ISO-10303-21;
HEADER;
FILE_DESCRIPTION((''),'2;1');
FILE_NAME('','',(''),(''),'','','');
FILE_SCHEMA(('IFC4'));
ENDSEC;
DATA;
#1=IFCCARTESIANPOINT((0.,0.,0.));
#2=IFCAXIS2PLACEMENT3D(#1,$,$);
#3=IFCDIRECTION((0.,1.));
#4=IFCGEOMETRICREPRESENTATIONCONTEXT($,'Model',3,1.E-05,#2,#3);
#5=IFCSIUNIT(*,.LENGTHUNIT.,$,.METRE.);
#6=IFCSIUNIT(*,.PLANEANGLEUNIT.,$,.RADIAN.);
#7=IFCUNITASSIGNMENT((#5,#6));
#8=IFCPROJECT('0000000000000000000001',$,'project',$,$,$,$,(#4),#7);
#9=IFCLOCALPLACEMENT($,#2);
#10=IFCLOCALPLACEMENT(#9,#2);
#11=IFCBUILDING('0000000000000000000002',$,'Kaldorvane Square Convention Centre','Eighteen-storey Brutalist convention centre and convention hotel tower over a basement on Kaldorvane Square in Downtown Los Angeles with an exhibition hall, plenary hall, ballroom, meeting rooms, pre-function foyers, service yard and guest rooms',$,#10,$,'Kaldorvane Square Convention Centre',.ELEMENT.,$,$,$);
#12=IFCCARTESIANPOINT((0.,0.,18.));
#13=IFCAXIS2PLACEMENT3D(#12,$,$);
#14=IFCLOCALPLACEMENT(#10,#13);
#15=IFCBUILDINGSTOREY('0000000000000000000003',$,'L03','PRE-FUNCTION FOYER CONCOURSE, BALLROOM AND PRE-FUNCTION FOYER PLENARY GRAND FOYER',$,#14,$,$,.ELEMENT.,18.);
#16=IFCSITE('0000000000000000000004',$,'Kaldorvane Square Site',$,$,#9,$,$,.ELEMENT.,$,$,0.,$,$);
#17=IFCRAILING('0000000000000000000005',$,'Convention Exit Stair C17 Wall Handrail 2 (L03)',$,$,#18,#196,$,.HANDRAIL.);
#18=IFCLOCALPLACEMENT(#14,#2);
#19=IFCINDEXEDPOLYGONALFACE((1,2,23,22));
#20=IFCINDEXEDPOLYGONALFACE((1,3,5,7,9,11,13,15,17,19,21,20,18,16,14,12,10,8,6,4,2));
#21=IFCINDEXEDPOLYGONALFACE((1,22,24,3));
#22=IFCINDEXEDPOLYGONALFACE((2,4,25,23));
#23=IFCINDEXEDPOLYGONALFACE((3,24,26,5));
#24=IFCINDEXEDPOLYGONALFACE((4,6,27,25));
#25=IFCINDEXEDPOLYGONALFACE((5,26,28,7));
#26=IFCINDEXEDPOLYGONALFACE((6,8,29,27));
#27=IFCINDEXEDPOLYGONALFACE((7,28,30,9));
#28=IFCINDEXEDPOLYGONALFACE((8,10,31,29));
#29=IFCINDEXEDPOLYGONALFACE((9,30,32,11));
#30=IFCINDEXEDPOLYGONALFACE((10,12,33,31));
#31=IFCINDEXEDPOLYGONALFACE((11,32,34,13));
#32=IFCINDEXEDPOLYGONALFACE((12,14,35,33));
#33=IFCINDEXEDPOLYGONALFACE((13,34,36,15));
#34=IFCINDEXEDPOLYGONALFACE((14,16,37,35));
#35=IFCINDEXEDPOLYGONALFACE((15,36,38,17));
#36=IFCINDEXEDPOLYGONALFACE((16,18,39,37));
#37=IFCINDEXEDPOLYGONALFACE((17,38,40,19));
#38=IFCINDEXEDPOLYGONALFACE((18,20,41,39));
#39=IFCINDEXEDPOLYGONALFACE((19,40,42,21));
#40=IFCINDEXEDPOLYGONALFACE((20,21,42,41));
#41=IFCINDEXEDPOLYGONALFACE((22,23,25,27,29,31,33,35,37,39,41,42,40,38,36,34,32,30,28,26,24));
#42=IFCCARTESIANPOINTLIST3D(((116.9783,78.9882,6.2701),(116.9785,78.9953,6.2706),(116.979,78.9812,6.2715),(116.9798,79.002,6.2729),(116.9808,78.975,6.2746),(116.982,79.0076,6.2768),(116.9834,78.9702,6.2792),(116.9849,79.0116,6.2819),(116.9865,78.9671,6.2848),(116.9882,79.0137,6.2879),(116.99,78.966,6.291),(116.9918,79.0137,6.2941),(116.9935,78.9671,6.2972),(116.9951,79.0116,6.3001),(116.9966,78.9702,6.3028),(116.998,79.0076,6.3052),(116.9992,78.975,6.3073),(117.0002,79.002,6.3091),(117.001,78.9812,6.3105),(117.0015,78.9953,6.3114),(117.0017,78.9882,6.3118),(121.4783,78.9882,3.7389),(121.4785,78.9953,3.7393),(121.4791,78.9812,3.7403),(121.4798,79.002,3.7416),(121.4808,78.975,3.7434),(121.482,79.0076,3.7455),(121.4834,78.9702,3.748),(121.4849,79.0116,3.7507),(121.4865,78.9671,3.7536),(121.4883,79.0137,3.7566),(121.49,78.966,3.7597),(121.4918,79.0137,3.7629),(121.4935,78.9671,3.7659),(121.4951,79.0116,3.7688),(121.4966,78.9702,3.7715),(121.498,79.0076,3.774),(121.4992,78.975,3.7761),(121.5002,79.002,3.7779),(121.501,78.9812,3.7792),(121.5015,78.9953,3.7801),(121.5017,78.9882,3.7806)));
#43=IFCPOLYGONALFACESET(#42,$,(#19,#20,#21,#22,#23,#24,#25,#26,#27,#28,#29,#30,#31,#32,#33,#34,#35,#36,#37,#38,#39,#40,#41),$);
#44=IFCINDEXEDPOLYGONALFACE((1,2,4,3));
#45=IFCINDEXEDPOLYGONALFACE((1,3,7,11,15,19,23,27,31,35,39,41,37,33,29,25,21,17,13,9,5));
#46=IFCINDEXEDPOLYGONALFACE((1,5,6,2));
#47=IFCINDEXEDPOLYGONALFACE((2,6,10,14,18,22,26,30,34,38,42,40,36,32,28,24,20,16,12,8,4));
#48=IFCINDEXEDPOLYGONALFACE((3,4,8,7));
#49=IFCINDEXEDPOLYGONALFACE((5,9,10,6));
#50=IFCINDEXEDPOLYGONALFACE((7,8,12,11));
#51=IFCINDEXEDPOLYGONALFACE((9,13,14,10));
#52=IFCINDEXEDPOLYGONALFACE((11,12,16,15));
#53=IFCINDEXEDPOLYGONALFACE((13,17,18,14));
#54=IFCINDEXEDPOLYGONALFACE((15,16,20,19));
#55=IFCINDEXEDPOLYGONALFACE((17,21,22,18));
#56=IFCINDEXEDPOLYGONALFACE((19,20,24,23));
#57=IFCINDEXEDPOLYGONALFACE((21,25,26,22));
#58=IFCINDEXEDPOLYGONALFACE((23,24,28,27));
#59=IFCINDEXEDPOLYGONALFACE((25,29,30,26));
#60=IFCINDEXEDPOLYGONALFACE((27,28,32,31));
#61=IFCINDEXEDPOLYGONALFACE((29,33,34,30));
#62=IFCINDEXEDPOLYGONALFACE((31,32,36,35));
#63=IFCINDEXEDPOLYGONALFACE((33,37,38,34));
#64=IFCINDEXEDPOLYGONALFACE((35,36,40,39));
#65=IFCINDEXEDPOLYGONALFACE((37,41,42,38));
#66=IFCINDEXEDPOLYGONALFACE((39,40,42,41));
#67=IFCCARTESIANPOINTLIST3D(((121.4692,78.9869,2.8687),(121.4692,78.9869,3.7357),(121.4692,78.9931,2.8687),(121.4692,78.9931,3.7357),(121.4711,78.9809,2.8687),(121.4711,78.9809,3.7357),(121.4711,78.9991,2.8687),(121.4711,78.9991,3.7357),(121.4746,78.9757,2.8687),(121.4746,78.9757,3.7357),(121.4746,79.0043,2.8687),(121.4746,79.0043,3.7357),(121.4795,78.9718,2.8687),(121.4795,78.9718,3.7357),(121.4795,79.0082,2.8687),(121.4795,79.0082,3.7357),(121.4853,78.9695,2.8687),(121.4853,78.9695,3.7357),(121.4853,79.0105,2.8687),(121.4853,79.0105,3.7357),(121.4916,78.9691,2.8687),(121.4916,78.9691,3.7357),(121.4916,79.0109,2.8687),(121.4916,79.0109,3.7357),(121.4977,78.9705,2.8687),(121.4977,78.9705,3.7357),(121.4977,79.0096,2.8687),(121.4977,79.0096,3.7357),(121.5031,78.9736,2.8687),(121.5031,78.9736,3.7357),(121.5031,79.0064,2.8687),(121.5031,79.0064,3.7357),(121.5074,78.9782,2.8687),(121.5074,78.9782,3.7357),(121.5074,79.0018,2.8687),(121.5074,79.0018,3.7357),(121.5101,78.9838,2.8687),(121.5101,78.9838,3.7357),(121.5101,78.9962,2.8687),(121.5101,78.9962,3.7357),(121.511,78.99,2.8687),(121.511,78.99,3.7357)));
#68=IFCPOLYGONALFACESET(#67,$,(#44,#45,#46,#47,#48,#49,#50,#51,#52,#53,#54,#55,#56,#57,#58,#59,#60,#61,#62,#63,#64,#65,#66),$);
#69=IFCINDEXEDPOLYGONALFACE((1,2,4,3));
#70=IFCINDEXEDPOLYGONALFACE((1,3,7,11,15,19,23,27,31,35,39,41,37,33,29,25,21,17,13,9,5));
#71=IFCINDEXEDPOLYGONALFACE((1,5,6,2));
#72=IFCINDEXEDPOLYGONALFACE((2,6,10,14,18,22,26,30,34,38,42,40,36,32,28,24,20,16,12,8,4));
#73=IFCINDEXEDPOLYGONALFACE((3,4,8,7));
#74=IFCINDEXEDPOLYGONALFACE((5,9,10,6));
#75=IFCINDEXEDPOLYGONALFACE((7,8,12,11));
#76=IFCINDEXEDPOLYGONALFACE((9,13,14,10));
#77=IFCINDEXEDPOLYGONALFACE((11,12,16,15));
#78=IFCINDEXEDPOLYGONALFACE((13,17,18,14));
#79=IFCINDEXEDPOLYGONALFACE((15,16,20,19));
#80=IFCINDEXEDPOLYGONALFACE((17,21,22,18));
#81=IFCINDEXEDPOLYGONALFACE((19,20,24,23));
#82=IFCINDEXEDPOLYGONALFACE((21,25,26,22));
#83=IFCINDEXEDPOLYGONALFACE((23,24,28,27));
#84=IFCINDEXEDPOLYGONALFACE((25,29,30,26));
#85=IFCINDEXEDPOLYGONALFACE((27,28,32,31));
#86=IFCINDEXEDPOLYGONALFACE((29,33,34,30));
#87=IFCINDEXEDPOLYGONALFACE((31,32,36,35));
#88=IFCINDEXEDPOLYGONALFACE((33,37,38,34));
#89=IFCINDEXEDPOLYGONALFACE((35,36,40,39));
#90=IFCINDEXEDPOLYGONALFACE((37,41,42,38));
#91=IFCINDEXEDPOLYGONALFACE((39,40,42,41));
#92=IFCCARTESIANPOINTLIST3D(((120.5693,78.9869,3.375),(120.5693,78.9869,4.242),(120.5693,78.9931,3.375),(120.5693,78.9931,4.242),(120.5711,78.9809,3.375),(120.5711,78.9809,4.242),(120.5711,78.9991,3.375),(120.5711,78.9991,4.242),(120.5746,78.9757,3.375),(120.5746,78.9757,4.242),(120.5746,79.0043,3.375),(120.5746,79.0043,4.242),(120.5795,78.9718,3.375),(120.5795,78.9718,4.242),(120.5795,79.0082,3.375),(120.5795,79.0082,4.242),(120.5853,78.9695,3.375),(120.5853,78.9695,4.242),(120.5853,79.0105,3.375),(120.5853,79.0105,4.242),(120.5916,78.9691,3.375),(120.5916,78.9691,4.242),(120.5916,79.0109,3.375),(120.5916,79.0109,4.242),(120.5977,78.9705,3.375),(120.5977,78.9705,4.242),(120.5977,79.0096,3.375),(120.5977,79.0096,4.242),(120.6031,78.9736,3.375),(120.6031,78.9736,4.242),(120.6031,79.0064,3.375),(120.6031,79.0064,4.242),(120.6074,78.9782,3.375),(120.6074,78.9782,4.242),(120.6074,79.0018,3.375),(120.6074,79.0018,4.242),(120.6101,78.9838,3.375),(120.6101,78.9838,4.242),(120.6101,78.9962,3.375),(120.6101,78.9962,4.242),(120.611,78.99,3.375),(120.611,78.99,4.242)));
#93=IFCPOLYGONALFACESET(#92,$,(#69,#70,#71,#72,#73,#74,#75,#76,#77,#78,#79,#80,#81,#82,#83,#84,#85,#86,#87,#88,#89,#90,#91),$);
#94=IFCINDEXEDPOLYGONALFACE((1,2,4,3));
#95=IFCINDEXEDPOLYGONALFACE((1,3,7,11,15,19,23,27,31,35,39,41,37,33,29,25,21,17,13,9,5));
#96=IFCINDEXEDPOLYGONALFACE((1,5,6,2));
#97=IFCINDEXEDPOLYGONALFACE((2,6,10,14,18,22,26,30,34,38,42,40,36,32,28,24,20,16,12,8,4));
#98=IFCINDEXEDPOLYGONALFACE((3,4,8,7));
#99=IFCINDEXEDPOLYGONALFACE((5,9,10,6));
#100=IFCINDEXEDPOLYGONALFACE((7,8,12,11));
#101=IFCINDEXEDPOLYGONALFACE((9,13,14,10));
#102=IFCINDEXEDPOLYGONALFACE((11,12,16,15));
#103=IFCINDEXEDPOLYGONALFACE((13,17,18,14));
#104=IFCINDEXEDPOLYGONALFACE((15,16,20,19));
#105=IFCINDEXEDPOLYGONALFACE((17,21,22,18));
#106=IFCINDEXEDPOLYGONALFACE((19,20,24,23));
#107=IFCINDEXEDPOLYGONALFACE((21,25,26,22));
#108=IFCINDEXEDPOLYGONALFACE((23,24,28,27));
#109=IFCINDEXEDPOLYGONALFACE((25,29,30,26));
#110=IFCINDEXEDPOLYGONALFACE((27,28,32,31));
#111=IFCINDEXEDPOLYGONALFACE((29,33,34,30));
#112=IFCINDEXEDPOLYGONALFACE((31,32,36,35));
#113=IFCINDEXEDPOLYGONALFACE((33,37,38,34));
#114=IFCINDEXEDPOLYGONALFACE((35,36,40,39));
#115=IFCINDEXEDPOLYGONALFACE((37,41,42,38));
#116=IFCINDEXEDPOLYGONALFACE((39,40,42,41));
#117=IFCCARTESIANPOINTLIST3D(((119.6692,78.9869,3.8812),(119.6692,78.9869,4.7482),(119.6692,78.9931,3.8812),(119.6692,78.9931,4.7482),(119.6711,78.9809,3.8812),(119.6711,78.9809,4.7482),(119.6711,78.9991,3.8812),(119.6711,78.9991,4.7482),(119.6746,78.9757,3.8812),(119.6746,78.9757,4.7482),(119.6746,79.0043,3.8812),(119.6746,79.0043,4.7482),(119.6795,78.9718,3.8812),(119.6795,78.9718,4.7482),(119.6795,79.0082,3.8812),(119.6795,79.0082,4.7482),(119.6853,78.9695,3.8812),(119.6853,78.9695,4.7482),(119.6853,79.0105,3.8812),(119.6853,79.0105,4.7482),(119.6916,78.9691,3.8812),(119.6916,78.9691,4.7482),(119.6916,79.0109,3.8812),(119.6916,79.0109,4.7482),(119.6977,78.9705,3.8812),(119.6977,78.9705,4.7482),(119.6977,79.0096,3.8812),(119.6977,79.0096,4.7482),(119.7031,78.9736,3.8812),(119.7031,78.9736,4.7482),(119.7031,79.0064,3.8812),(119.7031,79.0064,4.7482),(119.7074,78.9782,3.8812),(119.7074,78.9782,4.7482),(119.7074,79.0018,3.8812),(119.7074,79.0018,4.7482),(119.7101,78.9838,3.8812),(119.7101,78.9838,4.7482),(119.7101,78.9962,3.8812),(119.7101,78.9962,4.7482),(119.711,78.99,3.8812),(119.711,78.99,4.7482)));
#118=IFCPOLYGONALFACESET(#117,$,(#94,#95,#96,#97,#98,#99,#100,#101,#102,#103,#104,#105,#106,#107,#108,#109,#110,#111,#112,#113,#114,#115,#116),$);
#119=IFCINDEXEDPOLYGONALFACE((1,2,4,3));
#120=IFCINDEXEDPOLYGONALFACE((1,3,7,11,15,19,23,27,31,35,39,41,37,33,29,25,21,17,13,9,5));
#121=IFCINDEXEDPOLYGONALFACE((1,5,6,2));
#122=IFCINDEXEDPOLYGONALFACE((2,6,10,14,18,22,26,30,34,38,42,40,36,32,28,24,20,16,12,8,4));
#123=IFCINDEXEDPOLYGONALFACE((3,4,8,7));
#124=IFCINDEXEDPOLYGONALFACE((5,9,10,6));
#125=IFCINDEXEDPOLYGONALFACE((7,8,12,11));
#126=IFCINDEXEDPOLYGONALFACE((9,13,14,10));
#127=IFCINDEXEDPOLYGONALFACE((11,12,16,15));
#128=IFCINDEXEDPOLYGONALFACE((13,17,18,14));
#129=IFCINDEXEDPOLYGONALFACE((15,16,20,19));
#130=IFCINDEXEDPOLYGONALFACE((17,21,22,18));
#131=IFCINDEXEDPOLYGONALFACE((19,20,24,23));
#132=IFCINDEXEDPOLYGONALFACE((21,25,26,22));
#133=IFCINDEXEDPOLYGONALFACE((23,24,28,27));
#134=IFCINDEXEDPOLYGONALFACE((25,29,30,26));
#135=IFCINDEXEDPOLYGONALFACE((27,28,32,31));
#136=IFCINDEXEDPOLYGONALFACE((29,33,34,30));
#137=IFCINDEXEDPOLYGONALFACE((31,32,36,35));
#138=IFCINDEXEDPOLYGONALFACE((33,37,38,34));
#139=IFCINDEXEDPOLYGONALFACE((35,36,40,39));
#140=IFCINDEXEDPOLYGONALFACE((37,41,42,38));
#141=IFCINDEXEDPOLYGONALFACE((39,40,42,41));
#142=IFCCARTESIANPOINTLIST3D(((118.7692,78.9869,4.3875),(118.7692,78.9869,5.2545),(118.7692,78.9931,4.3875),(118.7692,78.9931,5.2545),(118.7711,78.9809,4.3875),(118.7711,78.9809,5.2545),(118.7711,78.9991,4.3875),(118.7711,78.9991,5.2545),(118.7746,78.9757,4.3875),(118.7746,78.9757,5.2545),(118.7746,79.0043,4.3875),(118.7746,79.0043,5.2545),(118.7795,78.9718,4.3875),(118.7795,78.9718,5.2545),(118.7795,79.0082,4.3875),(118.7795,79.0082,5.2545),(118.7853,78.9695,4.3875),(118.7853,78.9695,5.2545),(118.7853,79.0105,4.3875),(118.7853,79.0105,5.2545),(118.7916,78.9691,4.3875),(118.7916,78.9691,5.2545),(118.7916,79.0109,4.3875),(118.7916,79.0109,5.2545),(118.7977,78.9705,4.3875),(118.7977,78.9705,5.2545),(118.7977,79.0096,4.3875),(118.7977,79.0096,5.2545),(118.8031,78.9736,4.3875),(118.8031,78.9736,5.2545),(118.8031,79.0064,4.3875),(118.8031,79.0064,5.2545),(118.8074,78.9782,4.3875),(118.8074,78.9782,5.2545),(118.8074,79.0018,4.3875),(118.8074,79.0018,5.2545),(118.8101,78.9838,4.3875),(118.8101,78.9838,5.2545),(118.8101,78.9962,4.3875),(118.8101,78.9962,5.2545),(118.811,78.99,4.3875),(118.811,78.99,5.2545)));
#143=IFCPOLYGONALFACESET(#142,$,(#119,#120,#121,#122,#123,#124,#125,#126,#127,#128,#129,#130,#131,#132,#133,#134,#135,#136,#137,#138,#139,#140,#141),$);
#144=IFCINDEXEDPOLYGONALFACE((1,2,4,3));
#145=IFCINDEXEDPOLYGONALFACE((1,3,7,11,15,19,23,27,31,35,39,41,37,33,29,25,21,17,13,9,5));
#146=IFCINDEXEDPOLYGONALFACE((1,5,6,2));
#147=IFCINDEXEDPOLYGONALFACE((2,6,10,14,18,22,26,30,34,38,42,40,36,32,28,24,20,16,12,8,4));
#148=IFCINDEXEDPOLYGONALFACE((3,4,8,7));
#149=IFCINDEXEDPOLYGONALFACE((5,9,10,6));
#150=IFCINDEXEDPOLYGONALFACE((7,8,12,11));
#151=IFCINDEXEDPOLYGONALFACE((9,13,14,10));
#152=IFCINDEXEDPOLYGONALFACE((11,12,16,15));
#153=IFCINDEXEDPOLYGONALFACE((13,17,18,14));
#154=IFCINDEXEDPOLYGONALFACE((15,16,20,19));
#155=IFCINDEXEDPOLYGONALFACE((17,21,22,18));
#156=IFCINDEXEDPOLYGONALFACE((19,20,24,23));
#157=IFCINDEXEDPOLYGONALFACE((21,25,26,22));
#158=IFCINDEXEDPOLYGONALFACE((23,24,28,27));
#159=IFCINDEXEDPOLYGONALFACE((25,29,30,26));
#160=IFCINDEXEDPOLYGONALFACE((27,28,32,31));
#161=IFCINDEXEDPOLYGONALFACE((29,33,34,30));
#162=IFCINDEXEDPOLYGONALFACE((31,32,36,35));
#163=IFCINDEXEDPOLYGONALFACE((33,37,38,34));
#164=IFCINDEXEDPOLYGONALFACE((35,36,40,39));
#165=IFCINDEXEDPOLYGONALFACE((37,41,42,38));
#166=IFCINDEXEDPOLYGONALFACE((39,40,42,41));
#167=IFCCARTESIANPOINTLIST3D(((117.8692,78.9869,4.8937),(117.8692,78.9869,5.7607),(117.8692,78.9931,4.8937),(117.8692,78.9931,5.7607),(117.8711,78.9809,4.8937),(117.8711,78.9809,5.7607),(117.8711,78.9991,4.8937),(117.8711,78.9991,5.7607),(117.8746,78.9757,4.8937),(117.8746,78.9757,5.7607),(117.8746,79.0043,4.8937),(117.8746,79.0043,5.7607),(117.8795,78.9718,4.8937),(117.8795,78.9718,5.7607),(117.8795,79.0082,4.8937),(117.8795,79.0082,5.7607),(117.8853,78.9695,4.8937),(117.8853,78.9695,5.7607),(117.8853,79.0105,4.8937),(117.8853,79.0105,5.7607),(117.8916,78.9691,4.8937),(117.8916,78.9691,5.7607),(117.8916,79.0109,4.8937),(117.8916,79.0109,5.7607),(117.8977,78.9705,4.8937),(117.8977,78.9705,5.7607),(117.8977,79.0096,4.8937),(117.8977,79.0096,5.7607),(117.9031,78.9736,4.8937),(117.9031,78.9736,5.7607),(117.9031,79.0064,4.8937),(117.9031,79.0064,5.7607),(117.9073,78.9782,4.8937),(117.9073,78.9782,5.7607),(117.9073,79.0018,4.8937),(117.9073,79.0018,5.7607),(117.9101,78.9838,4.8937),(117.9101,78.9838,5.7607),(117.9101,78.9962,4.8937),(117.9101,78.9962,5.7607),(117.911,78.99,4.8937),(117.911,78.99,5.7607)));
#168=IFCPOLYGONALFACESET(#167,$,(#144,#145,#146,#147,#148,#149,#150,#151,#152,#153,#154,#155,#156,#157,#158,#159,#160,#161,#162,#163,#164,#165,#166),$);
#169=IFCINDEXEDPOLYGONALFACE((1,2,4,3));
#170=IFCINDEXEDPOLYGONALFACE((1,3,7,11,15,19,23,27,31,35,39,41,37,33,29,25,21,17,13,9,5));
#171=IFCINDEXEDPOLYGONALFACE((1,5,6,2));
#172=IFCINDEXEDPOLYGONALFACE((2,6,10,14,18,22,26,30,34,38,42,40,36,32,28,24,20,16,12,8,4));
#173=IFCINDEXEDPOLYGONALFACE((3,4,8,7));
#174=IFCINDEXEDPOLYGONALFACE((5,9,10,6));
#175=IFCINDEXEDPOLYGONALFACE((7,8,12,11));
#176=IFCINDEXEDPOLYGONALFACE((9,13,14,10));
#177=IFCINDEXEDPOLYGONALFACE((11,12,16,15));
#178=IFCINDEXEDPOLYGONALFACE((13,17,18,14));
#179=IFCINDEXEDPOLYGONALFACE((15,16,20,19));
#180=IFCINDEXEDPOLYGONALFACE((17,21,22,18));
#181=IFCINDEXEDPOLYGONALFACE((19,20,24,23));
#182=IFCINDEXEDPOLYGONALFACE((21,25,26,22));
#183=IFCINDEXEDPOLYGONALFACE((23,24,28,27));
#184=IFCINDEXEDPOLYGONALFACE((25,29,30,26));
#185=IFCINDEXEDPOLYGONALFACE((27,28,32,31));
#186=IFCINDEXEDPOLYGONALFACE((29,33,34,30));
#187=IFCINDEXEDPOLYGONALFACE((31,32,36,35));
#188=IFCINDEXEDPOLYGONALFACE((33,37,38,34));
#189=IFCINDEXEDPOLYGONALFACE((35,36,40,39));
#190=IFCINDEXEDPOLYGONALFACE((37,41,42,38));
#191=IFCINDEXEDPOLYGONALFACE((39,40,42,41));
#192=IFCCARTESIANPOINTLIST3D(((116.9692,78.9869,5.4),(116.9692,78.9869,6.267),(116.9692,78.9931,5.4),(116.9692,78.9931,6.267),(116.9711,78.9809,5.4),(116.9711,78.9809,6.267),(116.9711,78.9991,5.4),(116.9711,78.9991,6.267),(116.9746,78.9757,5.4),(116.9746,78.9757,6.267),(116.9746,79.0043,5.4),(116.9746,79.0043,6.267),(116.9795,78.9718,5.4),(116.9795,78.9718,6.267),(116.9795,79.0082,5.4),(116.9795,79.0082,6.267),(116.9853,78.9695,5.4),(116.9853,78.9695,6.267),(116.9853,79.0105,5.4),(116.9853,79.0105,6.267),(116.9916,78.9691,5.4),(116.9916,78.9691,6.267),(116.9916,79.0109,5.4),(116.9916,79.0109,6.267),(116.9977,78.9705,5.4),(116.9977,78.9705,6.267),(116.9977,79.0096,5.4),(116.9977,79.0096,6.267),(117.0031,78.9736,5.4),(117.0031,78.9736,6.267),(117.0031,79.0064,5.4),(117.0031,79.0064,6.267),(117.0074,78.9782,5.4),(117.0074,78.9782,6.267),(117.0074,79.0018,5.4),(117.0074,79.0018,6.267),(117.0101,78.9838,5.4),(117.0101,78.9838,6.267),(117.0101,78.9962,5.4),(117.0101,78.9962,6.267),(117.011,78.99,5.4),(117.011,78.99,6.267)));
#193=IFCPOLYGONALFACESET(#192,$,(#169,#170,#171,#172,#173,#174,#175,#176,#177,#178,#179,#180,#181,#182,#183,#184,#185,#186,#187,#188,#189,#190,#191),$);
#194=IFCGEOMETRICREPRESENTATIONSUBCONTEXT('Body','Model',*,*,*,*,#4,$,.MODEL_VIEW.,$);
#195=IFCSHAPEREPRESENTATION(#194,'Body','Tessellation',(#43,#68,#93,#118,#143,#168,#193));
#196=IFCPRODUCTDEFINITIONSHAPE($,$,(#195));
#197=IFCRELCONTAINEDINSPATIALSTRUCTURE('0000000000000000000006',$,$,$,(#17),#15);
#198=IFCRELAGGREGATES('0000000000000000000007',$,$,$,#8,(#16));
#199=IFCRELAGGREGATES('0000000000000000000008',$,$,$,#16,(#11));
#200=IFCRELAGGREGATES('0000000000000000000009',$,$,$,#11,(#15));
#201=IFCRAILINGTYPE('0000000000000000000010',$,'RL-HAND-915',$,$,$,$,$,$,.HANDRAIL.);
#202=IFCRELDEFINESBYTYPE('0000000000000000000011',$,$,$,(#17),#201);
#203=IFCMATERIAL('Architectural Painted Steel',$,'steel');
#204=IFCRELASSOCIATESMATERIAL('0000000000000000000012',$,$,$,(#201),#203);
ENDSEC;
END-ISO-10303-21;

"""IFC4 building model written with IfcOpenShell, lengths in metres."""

from ifc_helpers import new_model, si_unit, direction, frame, origin, origin_2d, place, context, subcontext, project, spatial, circle, extrude, material, type_object, element, save


model = new_model("IFC4")

# Units and contexts
model_context = context("Model", 3, precision=1e-05, world=origin(), true_north=direction((0.0, 1.0)))
body_context = subcontext(model_context, "Body", "Model", "MODEL_VIEW")
ifc_project = project(units=[si_unit("LENGTHUNIT", "METRE"), si_unit("PLANEANGLEUNIT", "RADIAN")], contexts=[model_context])

# Site, building, storey
site_placement = place(None, origin())
site = spatial("IfcSite", under=ifc_project, at=site_placement, Name="Kaldorvane Square Site", CompositionType="ELEMENT", RefElevation=0.0)
building_placement = place(site_placement, origin())
building = spatial("IfcBuilding", under=site, at=building_placement, Name="Kaldorvane Square Convention Centre", Description="Eighteen-storey Brutalist convention centre and convention hotel tower over a basement on Kaldorvane Square in Downtown Los Angeles with an exhibition hall, plenary hall, ballroom, meeting rooms, pre-function foyers, service yard and guest rooms", LongName="Kaldorvane Square Convention Centre", CompositionType="ELEMENT")
storey_placement = place(building_placement, frame((0.0, 0.0, 18.0)))
storey = spatial("IfcBuildingStorey", under=building, at=storey_placement, Name="L03", Description="PRE-FUNCTION FOYER CONCOURSE, BALLROOM AND PRE-FUNCTION FOYER PLENARY GRAND FOYER", CompositionType="ELEMENT", Elevation=18.0)

# Railing
ifc_material_1 = material(Name="Architectural Painted Steel", Category="steel")
railing_type_1 = type_object("IfcRailingType", Name="RL-HAND-915", PredefinedType="HANDRAIL", material=ifc_material_1)
for number, where, name in (
    (1, (121.49, 78.99, 2.8687), "Convention Exit Stair C17 Wall Handrail 2 (L03)"),
):
    element("IfcRailing", number, at=place(storey_placement, frame(where)), inside=storey, type_object=railing_type_1, Name=name, PredefinedType="HANDRAIL", context=body_context, shape_type="SweptSolid", body=[
        extrude(circle(Radius=0.024, at=origin_2d()), frame((0.0, 0.0, 0.891), z_axis=(-0.871576, 0.0, 0.490261), x_axis=(0.0, -1.0, 0.0)), (0.0, 0.0, 1.0), 5.1631),
        extrude(circle(Radius=0.021, at=origin_2d()), origin(), (0.0, 0.0, 1.0), 0.867),
        extrude(circle(Radius=0.021, at=origin_2d()), frame((-0.9, 0.0, 0.5063)), (0.0, 0.0, 1.0), 0.867),
        extrude(circle(Radius=0.021, at=origin_2d()), frame((-1.8, 0.0, 1.0125)), (0.0, 0.0, 1.0), 0.867),
        extrude(circle(Radius=0.021, at=origin_2d()), frame((-2.7, 0.0, 1.5188)), (0.0, 0.0, 1.0), 0.867),
        extrude(circle(Radius=0.021, at=origin_2d()), frame((-3.6, 0.0, 2.025)), (0.0, 0.0, 1.0), 0.867),
        extrude(circle(Radius=0.021, at=origin_2d()), frame((-4.5, 0.0, 2.5312)), (0.0, 0.0, 1.0), 0.867),
    ])

save(model, "model.ifc")
